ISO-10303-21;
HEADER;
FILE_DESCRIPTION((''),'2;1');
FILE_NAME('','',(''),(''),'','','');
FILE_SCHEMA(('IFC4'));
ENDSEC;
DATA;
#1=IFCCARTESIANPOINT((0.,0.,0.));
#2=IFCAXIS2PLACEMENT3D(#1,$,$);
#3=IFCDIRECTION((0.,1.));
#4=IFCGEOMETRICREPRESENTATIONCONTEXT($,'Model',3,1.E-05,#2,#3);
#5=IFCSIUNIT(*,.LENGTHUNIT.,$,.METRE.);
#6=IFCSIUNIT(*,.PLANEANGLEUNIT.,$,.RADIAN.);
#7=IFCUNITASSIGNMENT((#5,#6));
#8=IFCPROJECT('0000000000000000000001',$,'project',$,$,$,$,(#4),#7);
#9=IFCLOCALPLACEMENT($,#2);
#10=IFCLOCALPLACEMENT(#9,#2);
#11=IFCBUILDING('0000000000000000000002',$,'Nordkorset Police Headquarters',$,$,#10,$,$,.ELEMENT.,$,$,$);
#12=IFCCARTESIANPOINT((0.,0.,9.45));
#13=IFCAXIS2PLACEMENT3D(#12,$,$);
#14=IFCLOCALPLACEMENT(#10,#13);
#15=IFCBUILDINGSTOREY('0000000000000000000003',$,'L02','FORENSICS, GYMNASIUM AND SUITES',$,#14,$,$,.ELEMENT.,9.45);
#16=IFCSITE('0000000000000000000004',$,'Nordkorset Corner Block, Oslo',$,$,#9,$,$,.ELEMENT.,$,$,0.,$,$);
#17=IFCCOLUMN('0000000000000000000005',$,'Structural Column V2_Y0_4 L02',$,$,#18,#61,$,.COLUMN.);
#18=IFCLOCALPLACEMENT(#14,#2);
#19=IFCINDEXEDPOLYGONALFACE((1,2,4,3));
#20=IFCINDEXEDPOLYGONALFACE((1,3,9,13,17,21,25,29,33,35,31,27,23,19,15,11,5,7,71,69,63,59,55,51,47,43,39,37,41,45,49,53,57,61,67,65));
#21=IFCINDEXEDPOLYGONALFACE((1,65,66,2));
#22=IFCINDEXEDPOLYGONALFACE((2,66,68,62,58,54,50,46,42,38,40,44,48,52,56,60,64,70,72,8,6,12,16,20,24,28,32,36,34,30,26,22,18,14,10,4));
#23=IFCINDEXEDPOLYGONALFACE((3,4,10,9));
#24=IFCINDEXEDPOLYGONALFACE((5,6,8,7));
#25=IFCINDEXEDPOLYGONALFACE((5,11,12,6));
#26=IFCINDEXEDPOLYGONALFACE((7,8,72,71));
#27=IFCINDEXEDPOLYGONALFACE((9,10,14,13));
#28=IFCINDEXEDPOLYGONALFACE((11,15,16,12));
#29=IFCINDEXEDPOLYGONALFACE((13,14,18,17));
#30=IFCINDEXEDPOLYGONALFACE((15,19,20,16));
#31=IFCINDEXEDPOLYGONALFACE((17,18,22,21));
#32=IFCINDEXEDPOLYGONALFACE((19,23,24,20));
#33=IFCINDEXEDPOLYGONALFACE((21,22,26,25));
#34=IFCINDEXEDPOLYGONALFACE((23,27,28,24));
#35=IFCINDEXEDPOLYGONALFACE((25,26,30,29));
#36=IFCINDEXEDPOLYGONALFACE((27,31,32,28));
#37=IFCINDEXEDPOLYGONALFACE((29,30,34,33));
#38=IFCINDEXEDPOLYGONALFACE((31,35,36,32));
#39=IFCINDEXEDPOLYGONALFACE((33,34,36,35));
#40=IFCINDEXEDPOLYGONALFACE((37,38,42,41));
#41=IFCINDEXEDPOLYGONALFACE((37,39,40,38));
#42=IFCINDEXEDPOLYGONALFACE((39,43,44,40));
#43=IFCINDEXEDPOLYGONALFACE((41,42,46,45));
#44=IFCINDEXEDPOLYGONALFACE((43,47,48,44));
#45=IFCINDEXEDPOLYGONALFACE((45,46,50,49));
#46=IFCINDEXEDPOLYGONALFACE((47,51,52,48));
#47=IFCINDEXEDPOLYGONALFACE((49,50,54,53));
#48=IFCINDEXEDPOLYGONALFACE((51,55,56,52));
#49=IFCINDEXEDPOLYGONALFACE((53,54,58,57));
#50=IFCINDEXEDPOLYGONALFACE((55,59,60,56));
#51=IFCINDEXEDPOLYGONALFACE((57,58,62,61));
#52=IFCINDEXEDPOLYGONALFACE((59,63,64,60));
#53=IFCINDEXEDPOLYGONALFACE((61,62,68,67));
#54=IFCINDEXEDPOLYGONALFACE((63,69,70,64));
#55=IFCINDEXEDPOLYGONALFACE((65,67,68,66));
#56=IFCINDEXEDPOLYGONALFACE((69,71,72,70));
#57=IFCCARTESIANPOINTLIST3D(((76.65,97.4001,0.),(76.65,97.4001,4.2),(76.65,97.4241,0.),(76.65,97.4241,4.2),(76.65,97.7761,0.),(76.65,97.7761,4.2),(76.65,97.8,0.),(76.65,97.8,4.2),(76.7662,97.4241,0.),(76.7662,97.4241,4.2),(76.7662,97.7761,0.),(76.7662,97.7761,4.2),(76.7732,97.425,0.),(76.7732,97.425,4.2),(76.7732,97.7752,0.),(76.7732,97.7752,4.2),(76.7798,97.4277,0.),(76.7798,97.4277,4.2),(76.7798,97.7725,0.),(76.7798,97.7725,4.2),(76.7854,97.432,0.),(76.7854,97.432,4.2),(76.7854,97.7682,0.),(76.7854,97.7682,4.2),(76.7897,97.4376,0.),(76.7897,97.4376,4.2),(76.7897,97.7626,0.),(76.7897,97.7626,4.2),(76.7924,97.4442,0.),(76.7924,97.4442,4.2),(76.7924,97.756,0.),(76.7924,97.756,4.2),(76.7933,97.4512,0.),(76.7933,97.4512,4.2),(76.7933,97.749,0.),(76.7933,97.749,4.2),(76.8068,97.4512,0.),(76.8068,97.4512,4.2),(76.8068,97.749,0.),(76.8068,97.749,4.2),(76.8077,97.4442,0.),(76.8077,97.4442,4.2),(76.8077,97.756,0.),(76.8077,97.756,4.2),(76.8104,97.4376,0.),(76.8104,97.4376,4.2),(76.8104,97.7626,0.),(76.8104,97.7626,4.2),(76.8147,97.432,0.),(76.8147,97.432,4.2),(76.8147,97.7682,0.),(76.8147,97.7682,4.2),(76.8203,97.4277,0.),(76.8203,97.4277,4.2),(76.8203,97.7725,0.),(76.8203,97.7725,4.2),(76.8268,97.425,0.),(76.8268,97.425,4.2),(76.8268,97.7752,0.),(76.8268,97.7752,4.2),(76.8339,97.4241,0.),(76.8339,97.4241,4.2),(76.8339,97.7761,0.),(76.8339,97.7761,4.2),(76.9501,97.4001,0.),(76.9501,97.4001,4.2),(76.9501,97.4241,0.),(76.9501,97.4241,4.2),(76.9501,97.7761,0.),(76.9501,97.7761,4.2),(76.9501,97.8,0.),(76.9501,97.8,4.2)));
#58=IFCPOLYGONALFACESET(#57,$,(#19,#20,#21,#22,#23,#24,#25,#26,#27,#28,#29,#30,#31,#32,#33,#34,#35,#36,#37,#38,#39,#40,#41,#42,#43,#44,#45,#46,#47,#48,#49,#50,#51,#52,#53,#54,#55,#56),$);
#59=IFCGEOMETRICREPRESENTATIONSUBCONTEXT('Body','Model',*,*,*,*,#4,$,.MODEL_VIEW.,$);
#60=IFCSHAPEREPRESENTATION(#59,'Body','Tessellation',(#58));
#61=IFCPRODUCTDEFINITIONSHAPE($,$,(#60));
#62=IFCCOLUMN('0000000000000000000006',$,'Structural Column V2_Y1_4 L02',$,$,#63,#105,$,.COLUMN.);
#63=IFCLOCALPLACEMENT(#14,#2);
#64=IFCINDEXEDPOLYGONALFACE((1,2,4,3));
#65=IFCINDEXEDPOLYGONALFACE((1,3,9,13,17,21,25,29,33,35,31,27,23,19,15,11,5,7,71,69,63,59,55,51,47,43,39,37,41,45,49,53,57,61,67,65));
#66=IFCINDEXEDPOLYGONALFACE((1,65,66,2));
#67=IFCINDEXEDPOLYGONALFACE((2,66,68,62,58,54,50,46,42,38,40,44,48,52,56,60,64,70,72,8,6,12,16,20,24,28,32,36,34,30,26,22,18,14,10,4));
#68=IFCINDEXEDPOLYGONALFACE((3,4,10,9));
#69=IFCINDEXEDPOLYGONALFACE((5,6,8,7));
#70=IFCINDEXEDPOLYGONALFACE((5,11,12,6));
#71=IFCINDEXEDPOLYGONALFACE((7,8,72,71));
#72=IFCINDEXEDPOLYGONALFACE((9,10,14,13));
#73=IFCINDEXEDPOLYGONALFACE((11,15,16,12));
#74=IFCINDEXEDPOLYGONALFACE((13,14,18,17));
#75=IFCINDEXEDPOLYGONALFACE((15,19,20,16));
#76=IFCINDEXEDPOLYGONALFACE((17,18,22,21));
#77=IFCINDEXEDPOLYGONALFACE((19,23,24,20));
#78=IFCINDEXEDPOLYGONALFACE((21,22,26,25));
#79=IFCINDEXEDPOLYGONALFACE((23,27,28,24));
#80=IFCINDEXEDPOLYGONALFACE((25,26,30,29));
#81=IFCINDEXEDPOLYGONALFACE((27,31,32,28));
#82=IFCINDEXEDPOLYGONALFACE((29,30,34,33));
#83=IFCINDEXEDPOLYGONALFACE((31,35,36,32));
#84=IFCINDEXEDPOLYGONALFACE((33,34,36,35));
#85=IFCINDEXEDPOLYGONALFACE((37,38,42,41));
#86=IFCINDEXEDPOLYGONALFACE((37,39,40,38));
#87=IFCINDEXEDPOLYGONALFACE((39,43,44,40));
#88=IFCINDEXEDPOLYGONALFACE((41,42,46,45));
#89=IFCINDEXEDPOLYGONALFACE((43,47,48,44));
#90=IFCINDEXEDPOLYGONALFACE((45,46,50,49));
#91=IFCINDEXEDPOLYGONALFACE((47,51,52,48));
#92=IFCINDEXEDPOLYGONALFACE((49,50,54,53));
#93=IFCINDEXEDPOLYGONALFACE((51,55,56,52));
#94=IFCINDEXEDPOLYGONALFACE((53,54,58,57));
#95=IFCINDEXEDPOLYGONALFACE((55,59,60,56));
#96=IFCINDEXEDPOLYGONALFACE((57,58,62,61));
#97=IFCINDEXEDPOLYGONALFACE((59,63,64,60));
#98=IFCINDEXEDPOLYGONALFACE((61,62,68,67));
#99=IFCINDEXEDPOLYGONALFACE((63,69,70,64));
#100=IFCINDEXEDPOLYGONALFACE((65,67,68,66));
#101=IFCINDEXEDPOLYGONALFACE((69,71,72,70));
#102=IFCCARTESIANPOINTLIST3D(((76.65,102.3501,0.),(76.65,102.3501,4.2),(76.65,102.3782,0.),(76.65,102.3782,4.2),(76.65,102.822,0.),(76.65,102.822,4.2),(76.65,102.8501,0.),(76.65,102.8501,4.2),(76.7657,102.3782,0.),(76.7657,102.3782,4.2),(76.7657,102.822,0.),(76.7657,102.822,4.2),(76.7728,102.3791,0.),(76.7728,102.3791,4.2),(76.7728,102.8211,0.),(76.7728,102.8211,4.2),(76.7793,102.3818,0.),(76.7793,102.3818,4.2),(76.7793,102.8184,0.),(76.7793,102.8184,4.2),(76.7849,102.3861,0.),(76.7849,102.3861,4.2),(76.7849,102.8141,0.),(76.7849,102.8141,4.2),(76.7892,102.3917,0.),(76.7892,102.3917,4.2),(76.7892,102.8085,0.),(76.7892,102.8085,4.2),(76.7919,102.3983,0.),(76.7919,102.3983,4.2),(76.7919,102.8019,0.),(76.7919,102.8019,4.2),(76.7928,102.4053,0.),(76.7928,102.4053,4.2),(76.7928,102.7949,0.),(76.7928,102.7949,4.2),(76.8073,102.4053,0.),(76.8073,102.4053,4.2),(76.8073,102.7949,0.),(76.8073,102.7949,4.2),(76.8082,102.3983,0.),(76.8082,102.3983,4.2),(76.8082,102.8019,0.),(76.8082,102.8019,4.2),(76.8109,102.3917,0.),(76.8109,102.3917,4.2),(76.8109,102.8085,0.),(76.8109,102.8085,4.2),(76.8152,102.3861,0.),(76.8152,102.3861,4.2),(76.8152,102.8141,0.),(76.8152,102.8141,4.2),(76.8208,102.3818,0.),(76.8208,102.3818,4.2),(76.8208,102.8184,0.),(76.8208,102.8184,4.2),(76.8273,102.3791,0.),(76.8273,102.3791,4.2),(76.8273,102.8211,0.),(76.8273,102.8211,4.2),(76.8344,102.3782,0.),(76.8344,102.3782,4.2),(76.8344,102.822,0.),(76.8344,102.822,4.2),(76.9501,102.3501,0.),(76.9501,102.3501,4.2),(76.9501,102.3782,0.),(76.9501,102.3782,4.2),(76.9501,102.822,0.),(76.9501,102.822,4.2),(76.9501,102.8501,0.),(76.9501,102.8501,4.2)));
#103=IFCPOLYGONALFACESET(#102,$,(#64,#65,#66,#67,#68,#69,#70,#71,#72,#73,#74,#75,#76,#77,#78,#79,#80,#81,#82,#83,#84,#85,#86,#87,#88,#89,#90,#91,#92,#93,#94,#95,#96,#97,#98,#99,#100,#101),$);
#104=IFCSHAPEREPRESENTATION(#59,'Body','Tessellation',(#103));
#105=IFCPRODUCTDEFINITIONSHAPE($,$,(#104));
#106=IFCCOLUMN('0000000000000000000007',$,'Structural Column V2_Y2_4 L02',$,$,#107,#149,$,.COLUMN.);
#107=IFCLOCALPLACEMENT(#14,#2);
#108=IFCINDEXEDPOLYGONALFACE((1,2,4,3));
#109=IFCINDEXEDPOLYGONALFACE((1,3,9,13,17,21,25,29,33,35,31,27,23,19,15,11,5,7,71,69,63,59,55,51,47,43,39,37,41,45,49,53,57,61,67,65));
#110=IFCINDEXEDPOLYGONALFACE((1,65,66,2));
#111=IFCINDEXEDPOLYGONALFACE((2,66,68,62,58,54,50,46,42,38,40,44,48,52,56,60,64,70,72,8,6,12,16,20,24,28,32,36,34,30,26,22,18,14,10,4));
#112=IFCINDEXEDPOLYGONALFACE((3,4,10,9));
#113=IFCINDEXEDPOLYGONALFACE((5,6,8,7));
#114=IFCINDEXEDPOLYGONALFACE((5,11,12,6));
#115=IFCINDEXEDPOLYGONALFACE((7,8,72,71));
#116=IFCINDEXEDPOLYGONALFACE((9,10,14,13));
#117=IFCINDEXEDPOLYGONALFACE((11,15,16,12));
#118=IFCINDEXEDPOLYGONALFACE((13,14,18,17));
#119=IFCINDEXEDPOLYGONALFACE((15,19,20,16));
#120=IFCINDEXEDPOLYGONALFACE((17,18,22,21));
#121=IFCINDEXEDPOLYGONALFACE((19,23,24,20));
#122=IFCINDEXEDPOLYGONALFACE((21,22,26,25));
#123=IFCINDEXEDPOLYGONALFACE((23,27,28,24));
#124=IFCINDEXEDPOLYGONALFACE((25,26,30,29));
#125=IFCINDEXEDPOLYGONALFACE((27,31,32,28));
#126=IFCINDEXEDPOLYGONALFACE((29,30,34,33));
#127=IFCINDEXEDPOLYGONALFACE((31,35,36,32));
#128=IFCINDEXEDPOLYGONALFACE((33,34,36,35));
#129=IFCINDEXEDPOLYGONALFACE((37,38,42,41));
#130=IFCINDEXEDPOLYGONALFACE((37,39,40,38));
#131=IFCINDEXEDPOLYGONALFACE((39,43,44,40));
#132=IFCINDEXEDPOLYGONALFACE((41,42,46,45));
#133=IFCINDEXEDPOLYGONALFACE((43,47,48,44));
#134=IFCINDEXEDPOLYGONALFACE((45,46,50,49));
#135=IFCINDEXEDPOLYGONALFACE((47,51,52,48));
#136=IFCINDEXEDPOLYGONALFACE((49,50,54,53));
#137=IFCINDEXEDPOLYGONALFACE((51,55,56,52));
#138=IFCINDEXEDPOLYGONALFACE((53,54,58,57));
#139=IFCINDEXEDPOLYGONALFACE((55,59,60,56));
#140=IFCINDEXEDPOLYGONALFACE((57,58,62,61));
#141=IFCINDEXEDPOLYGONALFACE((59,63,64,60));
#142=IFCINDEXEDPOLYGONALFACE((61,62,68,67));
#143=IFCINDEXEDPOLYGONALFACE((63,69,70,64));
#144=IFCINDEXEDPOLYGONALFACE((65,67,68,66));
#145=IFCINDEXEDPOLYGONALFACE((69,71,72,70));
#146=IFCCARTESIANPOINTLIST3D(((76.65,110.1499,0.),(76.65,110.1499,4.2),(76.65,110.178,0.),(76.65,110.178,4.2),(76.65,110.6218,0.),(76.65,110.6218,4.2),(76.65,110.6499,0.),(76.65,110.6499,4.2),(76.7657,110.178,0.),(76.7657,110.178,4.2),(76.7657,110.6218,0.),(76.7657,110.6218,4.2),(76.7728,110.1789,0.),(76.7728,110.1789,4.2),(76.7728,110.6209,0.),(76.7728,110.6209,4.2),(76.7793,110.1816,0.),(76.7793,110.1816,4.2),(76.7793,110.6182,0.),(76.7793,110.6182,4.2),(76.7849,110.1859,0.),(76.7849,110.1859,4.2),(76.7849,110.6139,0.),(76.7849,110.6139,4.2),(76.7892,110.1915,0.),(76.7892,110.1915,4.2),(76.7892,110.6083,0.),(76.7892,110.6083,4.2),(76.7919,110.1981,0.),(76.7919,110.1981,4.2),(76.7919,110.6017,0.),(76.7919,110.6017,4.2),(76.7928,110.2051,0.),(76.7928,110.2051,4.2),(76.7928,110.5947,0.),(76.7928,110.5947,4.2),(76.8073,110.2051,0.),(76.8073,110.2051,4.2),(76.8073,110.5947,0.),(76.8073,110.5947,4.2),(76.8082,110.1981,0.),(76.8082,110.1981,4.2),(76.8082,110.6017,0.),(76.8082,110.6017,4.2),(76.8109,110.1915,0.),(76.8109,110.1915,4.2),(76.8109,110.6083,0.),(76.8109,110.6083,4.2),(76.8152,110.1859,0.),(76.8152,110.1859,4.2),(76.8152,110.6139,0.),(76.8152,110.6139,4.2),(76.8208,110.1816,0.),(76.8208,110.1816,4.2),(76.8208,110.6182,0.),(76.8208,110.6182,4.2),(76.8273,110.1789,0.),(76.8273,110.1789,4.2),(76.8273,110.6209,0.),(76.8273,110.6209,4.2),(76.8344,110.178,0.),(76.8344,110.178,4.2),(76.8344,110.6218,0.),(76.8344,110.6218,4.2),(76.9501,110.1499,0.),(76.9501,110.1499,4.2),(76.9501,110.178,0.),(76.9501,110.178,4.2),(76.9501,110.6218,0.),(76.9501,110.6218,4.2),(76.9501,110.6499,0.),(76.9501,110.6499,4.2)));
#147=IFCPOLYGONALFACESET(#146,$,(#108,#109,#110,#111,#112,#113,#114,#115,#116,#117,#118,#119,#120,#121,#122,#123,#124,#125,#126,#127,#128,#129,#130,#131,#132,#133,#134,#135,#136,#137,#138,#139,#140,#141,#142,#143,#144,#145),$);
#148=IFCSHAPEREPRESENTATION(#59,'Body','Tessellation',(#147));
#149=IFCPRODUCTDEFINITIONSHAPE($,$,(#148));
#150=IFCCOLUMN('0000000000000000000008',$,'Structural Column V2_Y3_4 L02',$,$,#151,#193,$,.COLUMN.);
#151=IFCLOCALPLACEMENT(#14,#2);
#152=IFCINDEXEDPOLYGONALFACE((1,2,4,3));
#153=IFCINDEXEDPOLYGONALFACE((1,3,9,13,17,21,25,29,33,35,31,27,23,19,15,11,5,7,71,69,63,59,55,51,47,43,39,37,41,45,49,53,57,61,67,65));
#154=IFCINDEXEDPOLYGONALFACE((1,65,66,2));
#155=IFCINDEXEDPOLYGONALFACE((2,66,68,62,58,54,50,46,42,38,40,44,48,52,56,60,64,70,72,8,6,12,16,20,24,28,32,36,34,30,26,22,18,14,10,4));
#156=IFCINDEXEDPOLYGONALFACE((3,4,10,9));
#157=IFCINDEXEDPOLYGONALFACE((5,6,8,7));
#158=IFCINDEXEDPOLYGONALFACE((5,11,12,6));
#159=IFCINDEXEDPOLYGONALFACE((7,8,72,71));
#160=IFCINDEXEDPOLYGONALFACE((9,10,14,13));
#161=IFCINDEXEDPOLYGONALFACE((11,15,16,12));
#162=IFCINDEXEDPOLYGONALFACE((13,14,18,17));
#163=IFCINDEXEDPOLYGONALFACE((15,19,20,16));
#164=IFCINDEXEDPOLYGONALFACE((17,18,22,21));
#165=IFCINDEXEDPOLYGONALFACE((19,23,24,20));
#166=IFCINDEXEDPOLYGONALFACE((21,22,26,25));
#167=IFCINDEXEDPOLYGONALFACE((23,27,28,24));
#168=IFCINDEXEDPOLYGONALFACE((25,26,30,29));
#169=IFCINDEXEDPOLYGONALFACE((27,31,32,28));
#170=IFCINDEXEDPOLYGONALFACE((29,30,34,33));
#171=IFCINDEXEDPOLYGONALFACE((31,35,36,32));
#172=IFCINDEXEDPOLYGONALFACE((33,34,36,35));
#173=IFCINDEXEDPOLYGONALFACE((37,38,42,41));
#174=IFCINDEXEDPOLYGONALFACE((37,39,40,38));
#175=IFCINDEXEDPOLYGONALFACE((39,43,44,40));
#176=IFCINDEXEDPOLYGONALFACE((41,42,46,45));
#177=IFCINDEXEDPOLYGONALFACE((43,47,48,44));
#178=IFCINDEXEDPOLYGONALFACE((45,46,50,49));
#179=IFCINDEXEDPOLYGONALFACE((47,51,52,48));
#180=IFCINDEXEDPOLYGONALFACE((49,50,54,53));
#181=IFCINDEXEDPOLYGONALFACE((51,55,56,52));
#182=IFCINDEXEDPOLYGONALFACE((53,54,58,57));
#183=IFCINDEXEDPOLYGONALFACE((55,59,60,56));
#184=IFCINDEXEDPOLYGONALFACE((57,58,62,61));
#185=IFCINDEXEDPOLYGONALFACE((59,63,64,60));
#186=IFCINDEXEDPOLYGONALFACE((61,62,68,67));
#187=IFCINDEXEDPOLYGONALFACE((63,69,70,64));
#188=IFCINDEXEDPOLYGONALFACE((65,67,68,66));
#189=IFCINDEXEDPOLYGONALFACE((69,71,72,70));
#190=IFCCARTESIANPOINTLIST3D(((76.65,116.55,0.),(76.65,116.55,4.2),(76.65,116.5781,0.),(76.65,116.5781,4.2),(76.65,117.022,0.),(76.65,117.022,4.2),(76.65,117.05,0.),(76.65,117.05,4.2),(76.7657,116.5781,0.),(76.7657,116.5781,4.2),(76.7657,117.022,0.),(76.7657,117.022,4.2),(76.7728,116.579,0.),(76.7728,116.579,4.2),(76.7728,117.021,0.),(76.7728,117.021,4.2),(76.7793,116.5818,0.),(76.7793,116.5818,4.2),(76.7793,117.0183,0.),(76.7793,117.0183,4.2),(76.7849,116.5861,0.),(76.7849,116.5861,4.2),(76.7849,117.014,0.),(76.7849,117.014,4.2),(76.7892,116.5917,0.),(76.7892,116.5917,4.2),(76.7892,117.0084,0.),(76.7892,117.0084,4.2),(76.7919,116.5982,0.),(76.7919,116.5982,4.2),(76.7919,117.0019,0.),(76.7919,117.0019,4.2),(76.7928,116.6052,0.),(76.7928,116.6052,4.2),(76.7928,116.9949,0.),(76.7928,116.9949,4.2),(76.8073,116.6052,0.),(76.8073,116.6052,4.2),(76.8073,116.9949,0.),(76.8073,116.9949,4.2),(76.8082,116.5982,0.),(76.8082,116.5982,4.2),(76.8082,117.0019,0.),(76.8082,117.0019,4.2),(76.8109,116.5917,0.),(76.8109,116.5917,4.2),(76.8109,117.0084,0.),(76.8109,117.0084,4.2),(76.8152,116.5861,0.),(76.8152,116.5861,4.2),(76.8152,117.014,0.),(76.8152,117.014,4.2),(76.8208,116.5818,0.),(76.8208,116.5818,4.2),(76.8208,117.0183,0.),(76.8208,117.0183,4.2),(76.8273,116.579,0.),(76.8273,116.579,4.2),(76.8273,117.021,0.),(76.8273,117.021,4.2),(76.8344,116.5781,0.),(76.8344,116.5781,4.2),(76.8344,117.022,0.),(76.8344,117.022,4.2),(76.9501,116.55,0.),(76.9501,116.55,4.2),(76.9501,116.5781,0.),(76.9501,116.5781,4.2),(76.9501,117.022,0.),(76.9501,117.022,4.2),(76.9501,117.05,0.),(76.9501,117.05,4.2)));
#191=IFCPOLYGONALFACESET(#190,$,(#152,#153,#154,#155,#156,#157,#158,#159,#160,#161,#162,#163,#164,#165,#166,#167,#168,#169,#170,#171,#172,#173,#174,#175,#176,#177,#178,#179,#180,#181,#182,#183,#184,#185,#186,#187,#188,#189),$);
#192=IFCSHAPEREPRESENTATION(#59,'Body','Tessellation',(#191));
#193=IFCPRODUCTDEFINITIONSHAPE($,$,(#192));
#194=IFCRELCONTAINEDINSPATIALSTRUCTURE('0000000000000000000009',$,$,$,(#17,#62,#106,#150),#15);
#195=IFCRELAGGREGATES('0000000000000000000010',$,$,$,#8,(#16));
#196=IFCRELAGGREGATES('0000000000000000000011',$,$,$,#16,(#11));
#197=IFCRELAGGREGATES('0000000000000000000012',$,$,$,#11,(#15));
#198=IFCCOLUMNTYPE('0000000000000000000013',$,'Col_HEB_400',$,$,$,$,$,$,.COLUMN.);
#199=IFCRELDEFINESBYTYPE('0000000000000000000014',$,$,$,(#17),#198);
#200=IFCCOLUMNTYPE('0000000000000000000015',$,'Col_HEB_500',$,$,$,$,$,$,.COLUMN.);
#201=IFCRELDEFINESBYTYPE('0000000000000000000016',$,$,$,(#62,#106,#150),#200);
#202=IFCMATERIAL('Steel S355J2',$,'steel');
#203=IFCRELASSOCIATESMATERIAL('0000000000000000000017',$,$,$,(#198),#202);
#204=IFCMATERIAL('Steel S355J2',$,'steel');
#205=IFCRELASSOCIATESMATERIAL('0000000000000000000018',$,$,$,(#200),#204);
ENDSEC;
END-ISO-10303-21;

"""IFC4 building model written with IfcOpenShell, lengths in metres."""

from ifc_helpers import new_model, si_unit, direction, frame, origin, origin_2d, place, context, subcontext, project, spatial, i_section, extrude, material, material_profile, profile_set, type_object, element, save


model = new_model("IFC4")

# Units and contexts
model_context = context("Model", 3, precision=1e-05, world=origin(), true_north=direction((0.0, 1.0)))
body_context = subcontext(model_context, "Body", "Model", "MODEL_VIEW")
ifc_project = project(units=[si_unit("LENGTHUNIT", "METRE"), si_unit("PLANEANGLEUNIT", "RADIAN")], contexts=[model_context])

# Site, building, storey
site_placement = place(None, origin())
site = spatial("IfcSite", under=ifc_project, at=site_placement, Name="Nordkorset Corner Block, Oslo", CompositionType="ELEMENT", RefElevation=0.0)
building_placement = place(site_placement, origin())
building = spatial("IfcBuilding", under=site, at=building_placement, Name="Nordkorset Police Headquarters", CompositionType="ELEMENT")
storey_placement = place(building_placement, frame((0.0, 0.0, 9.45)))
storey = spatial("IfcBuildingStorey", under=building, at=storey_placement, Name="L02", Description="FORENSICS, GYMNASIUM AND SUITES", CompositionType="ELEMENT", Elevation=9.45)

# Columns
ifc_material_1 = material(Name="Steel S355J2", Category="steel")
ifc_material_profile_1 = material_profile(ifc_material_1, i_section(OverallWidth=0.3, OverallDepth=0.3999, WebThickness=0.0134, FlangeThickness=0.0239, FilletRadius=0.0271, at=origin_2d()), Name="HEB 400")
ifc_profile_set_1 = profile_set([ifc_material_profile_1], Name="Steel S355J2")
column_type_1 = type_object("IfcColumnType", Name="Col_HEB_400", PredefinedType="COLUMN", material=ifc_profile_set_1)
column_placement = place(storey_placement, frame((76.8, 97.6001, 0.0), z_axis=(0.0, 0.0, 1.0), x_axis=(1.0, 0.0, 0.0)))
element("IfcColumn", 1, at=column_placement, inside=storey, type_object=column_type_1, Name="Structural Column V2_Y0_4 L02", PredefinedType="COLUMN", context=body_context, shape_type="SweptSolid", body=[
    extrude(i_section(OverallWidth=0.3, OverallDepth=0.3999, WebThickness=0.0134, FlangeThickness=0.0239, FilletRadius=0.0271, at=origin_2d()), origin(), (0.0, 0.0, 1.0), 4.2),
])
ifc_material_2 = material(Name="Steel S355J2", Category="steel")
ifc_material_profile_2 = material_profile(ifc_material_2, i_section(OverallWidth=0.3, OverallDepth=0.5, WebThickness=0.0144, FlangeThickness=0.0281, FilletRadius=0.0271, at=origin_2d()), Name="HEB 500")
ifc_profile_set_2 = profile_set([ifc_material_profile_2], Name="Steel S355J2")
column_type_2 = type_object("IfcColumnType", Name="Col_HEB_500", PredefinedType="COLUMN", material=ifc_profile_set_2)
for number, where, z_axis, x_axis, name in (
    (2, (76.8, 102.6001, 0.0), (0.0, 0.0, 1.0), (1.0, 0.0, 0.0), "Structural Column V2_Y1_4 L02"),
    (3, (76.8, 110.3999, 0.0), (0.0, 0.0, 1.0), (1.0, 0.0, 0.0), "Structural Column V2_Y2_4 L02"),
    (4, (76.8, 116.8, 0.0), (0.0, 0.0, 1.0), (1.0, 0.0, 0.0), "Structural Column V2_Y3_4 L02"),
):
    element("IfcColumn", number, at=place(storey_placement, frame(where, z_axis=z_axis, x_axis=x_axis)), inside=storey, type_object=column_type_2, Name=name, PredefinedType="COLUMN", context=body_context, shape_type="SweptSolid", body=[
        extrude(i_section(OverallWidth=0.3, OverallDepth=0.5, WebThickness=0.0144, FlangeThickness=0.0281, FilletRadius=0.0271, at=origin_2d()), origin(), (0.0, 0.0, 1.0), 4.2),
    ])

save(model, "model.ifc")
